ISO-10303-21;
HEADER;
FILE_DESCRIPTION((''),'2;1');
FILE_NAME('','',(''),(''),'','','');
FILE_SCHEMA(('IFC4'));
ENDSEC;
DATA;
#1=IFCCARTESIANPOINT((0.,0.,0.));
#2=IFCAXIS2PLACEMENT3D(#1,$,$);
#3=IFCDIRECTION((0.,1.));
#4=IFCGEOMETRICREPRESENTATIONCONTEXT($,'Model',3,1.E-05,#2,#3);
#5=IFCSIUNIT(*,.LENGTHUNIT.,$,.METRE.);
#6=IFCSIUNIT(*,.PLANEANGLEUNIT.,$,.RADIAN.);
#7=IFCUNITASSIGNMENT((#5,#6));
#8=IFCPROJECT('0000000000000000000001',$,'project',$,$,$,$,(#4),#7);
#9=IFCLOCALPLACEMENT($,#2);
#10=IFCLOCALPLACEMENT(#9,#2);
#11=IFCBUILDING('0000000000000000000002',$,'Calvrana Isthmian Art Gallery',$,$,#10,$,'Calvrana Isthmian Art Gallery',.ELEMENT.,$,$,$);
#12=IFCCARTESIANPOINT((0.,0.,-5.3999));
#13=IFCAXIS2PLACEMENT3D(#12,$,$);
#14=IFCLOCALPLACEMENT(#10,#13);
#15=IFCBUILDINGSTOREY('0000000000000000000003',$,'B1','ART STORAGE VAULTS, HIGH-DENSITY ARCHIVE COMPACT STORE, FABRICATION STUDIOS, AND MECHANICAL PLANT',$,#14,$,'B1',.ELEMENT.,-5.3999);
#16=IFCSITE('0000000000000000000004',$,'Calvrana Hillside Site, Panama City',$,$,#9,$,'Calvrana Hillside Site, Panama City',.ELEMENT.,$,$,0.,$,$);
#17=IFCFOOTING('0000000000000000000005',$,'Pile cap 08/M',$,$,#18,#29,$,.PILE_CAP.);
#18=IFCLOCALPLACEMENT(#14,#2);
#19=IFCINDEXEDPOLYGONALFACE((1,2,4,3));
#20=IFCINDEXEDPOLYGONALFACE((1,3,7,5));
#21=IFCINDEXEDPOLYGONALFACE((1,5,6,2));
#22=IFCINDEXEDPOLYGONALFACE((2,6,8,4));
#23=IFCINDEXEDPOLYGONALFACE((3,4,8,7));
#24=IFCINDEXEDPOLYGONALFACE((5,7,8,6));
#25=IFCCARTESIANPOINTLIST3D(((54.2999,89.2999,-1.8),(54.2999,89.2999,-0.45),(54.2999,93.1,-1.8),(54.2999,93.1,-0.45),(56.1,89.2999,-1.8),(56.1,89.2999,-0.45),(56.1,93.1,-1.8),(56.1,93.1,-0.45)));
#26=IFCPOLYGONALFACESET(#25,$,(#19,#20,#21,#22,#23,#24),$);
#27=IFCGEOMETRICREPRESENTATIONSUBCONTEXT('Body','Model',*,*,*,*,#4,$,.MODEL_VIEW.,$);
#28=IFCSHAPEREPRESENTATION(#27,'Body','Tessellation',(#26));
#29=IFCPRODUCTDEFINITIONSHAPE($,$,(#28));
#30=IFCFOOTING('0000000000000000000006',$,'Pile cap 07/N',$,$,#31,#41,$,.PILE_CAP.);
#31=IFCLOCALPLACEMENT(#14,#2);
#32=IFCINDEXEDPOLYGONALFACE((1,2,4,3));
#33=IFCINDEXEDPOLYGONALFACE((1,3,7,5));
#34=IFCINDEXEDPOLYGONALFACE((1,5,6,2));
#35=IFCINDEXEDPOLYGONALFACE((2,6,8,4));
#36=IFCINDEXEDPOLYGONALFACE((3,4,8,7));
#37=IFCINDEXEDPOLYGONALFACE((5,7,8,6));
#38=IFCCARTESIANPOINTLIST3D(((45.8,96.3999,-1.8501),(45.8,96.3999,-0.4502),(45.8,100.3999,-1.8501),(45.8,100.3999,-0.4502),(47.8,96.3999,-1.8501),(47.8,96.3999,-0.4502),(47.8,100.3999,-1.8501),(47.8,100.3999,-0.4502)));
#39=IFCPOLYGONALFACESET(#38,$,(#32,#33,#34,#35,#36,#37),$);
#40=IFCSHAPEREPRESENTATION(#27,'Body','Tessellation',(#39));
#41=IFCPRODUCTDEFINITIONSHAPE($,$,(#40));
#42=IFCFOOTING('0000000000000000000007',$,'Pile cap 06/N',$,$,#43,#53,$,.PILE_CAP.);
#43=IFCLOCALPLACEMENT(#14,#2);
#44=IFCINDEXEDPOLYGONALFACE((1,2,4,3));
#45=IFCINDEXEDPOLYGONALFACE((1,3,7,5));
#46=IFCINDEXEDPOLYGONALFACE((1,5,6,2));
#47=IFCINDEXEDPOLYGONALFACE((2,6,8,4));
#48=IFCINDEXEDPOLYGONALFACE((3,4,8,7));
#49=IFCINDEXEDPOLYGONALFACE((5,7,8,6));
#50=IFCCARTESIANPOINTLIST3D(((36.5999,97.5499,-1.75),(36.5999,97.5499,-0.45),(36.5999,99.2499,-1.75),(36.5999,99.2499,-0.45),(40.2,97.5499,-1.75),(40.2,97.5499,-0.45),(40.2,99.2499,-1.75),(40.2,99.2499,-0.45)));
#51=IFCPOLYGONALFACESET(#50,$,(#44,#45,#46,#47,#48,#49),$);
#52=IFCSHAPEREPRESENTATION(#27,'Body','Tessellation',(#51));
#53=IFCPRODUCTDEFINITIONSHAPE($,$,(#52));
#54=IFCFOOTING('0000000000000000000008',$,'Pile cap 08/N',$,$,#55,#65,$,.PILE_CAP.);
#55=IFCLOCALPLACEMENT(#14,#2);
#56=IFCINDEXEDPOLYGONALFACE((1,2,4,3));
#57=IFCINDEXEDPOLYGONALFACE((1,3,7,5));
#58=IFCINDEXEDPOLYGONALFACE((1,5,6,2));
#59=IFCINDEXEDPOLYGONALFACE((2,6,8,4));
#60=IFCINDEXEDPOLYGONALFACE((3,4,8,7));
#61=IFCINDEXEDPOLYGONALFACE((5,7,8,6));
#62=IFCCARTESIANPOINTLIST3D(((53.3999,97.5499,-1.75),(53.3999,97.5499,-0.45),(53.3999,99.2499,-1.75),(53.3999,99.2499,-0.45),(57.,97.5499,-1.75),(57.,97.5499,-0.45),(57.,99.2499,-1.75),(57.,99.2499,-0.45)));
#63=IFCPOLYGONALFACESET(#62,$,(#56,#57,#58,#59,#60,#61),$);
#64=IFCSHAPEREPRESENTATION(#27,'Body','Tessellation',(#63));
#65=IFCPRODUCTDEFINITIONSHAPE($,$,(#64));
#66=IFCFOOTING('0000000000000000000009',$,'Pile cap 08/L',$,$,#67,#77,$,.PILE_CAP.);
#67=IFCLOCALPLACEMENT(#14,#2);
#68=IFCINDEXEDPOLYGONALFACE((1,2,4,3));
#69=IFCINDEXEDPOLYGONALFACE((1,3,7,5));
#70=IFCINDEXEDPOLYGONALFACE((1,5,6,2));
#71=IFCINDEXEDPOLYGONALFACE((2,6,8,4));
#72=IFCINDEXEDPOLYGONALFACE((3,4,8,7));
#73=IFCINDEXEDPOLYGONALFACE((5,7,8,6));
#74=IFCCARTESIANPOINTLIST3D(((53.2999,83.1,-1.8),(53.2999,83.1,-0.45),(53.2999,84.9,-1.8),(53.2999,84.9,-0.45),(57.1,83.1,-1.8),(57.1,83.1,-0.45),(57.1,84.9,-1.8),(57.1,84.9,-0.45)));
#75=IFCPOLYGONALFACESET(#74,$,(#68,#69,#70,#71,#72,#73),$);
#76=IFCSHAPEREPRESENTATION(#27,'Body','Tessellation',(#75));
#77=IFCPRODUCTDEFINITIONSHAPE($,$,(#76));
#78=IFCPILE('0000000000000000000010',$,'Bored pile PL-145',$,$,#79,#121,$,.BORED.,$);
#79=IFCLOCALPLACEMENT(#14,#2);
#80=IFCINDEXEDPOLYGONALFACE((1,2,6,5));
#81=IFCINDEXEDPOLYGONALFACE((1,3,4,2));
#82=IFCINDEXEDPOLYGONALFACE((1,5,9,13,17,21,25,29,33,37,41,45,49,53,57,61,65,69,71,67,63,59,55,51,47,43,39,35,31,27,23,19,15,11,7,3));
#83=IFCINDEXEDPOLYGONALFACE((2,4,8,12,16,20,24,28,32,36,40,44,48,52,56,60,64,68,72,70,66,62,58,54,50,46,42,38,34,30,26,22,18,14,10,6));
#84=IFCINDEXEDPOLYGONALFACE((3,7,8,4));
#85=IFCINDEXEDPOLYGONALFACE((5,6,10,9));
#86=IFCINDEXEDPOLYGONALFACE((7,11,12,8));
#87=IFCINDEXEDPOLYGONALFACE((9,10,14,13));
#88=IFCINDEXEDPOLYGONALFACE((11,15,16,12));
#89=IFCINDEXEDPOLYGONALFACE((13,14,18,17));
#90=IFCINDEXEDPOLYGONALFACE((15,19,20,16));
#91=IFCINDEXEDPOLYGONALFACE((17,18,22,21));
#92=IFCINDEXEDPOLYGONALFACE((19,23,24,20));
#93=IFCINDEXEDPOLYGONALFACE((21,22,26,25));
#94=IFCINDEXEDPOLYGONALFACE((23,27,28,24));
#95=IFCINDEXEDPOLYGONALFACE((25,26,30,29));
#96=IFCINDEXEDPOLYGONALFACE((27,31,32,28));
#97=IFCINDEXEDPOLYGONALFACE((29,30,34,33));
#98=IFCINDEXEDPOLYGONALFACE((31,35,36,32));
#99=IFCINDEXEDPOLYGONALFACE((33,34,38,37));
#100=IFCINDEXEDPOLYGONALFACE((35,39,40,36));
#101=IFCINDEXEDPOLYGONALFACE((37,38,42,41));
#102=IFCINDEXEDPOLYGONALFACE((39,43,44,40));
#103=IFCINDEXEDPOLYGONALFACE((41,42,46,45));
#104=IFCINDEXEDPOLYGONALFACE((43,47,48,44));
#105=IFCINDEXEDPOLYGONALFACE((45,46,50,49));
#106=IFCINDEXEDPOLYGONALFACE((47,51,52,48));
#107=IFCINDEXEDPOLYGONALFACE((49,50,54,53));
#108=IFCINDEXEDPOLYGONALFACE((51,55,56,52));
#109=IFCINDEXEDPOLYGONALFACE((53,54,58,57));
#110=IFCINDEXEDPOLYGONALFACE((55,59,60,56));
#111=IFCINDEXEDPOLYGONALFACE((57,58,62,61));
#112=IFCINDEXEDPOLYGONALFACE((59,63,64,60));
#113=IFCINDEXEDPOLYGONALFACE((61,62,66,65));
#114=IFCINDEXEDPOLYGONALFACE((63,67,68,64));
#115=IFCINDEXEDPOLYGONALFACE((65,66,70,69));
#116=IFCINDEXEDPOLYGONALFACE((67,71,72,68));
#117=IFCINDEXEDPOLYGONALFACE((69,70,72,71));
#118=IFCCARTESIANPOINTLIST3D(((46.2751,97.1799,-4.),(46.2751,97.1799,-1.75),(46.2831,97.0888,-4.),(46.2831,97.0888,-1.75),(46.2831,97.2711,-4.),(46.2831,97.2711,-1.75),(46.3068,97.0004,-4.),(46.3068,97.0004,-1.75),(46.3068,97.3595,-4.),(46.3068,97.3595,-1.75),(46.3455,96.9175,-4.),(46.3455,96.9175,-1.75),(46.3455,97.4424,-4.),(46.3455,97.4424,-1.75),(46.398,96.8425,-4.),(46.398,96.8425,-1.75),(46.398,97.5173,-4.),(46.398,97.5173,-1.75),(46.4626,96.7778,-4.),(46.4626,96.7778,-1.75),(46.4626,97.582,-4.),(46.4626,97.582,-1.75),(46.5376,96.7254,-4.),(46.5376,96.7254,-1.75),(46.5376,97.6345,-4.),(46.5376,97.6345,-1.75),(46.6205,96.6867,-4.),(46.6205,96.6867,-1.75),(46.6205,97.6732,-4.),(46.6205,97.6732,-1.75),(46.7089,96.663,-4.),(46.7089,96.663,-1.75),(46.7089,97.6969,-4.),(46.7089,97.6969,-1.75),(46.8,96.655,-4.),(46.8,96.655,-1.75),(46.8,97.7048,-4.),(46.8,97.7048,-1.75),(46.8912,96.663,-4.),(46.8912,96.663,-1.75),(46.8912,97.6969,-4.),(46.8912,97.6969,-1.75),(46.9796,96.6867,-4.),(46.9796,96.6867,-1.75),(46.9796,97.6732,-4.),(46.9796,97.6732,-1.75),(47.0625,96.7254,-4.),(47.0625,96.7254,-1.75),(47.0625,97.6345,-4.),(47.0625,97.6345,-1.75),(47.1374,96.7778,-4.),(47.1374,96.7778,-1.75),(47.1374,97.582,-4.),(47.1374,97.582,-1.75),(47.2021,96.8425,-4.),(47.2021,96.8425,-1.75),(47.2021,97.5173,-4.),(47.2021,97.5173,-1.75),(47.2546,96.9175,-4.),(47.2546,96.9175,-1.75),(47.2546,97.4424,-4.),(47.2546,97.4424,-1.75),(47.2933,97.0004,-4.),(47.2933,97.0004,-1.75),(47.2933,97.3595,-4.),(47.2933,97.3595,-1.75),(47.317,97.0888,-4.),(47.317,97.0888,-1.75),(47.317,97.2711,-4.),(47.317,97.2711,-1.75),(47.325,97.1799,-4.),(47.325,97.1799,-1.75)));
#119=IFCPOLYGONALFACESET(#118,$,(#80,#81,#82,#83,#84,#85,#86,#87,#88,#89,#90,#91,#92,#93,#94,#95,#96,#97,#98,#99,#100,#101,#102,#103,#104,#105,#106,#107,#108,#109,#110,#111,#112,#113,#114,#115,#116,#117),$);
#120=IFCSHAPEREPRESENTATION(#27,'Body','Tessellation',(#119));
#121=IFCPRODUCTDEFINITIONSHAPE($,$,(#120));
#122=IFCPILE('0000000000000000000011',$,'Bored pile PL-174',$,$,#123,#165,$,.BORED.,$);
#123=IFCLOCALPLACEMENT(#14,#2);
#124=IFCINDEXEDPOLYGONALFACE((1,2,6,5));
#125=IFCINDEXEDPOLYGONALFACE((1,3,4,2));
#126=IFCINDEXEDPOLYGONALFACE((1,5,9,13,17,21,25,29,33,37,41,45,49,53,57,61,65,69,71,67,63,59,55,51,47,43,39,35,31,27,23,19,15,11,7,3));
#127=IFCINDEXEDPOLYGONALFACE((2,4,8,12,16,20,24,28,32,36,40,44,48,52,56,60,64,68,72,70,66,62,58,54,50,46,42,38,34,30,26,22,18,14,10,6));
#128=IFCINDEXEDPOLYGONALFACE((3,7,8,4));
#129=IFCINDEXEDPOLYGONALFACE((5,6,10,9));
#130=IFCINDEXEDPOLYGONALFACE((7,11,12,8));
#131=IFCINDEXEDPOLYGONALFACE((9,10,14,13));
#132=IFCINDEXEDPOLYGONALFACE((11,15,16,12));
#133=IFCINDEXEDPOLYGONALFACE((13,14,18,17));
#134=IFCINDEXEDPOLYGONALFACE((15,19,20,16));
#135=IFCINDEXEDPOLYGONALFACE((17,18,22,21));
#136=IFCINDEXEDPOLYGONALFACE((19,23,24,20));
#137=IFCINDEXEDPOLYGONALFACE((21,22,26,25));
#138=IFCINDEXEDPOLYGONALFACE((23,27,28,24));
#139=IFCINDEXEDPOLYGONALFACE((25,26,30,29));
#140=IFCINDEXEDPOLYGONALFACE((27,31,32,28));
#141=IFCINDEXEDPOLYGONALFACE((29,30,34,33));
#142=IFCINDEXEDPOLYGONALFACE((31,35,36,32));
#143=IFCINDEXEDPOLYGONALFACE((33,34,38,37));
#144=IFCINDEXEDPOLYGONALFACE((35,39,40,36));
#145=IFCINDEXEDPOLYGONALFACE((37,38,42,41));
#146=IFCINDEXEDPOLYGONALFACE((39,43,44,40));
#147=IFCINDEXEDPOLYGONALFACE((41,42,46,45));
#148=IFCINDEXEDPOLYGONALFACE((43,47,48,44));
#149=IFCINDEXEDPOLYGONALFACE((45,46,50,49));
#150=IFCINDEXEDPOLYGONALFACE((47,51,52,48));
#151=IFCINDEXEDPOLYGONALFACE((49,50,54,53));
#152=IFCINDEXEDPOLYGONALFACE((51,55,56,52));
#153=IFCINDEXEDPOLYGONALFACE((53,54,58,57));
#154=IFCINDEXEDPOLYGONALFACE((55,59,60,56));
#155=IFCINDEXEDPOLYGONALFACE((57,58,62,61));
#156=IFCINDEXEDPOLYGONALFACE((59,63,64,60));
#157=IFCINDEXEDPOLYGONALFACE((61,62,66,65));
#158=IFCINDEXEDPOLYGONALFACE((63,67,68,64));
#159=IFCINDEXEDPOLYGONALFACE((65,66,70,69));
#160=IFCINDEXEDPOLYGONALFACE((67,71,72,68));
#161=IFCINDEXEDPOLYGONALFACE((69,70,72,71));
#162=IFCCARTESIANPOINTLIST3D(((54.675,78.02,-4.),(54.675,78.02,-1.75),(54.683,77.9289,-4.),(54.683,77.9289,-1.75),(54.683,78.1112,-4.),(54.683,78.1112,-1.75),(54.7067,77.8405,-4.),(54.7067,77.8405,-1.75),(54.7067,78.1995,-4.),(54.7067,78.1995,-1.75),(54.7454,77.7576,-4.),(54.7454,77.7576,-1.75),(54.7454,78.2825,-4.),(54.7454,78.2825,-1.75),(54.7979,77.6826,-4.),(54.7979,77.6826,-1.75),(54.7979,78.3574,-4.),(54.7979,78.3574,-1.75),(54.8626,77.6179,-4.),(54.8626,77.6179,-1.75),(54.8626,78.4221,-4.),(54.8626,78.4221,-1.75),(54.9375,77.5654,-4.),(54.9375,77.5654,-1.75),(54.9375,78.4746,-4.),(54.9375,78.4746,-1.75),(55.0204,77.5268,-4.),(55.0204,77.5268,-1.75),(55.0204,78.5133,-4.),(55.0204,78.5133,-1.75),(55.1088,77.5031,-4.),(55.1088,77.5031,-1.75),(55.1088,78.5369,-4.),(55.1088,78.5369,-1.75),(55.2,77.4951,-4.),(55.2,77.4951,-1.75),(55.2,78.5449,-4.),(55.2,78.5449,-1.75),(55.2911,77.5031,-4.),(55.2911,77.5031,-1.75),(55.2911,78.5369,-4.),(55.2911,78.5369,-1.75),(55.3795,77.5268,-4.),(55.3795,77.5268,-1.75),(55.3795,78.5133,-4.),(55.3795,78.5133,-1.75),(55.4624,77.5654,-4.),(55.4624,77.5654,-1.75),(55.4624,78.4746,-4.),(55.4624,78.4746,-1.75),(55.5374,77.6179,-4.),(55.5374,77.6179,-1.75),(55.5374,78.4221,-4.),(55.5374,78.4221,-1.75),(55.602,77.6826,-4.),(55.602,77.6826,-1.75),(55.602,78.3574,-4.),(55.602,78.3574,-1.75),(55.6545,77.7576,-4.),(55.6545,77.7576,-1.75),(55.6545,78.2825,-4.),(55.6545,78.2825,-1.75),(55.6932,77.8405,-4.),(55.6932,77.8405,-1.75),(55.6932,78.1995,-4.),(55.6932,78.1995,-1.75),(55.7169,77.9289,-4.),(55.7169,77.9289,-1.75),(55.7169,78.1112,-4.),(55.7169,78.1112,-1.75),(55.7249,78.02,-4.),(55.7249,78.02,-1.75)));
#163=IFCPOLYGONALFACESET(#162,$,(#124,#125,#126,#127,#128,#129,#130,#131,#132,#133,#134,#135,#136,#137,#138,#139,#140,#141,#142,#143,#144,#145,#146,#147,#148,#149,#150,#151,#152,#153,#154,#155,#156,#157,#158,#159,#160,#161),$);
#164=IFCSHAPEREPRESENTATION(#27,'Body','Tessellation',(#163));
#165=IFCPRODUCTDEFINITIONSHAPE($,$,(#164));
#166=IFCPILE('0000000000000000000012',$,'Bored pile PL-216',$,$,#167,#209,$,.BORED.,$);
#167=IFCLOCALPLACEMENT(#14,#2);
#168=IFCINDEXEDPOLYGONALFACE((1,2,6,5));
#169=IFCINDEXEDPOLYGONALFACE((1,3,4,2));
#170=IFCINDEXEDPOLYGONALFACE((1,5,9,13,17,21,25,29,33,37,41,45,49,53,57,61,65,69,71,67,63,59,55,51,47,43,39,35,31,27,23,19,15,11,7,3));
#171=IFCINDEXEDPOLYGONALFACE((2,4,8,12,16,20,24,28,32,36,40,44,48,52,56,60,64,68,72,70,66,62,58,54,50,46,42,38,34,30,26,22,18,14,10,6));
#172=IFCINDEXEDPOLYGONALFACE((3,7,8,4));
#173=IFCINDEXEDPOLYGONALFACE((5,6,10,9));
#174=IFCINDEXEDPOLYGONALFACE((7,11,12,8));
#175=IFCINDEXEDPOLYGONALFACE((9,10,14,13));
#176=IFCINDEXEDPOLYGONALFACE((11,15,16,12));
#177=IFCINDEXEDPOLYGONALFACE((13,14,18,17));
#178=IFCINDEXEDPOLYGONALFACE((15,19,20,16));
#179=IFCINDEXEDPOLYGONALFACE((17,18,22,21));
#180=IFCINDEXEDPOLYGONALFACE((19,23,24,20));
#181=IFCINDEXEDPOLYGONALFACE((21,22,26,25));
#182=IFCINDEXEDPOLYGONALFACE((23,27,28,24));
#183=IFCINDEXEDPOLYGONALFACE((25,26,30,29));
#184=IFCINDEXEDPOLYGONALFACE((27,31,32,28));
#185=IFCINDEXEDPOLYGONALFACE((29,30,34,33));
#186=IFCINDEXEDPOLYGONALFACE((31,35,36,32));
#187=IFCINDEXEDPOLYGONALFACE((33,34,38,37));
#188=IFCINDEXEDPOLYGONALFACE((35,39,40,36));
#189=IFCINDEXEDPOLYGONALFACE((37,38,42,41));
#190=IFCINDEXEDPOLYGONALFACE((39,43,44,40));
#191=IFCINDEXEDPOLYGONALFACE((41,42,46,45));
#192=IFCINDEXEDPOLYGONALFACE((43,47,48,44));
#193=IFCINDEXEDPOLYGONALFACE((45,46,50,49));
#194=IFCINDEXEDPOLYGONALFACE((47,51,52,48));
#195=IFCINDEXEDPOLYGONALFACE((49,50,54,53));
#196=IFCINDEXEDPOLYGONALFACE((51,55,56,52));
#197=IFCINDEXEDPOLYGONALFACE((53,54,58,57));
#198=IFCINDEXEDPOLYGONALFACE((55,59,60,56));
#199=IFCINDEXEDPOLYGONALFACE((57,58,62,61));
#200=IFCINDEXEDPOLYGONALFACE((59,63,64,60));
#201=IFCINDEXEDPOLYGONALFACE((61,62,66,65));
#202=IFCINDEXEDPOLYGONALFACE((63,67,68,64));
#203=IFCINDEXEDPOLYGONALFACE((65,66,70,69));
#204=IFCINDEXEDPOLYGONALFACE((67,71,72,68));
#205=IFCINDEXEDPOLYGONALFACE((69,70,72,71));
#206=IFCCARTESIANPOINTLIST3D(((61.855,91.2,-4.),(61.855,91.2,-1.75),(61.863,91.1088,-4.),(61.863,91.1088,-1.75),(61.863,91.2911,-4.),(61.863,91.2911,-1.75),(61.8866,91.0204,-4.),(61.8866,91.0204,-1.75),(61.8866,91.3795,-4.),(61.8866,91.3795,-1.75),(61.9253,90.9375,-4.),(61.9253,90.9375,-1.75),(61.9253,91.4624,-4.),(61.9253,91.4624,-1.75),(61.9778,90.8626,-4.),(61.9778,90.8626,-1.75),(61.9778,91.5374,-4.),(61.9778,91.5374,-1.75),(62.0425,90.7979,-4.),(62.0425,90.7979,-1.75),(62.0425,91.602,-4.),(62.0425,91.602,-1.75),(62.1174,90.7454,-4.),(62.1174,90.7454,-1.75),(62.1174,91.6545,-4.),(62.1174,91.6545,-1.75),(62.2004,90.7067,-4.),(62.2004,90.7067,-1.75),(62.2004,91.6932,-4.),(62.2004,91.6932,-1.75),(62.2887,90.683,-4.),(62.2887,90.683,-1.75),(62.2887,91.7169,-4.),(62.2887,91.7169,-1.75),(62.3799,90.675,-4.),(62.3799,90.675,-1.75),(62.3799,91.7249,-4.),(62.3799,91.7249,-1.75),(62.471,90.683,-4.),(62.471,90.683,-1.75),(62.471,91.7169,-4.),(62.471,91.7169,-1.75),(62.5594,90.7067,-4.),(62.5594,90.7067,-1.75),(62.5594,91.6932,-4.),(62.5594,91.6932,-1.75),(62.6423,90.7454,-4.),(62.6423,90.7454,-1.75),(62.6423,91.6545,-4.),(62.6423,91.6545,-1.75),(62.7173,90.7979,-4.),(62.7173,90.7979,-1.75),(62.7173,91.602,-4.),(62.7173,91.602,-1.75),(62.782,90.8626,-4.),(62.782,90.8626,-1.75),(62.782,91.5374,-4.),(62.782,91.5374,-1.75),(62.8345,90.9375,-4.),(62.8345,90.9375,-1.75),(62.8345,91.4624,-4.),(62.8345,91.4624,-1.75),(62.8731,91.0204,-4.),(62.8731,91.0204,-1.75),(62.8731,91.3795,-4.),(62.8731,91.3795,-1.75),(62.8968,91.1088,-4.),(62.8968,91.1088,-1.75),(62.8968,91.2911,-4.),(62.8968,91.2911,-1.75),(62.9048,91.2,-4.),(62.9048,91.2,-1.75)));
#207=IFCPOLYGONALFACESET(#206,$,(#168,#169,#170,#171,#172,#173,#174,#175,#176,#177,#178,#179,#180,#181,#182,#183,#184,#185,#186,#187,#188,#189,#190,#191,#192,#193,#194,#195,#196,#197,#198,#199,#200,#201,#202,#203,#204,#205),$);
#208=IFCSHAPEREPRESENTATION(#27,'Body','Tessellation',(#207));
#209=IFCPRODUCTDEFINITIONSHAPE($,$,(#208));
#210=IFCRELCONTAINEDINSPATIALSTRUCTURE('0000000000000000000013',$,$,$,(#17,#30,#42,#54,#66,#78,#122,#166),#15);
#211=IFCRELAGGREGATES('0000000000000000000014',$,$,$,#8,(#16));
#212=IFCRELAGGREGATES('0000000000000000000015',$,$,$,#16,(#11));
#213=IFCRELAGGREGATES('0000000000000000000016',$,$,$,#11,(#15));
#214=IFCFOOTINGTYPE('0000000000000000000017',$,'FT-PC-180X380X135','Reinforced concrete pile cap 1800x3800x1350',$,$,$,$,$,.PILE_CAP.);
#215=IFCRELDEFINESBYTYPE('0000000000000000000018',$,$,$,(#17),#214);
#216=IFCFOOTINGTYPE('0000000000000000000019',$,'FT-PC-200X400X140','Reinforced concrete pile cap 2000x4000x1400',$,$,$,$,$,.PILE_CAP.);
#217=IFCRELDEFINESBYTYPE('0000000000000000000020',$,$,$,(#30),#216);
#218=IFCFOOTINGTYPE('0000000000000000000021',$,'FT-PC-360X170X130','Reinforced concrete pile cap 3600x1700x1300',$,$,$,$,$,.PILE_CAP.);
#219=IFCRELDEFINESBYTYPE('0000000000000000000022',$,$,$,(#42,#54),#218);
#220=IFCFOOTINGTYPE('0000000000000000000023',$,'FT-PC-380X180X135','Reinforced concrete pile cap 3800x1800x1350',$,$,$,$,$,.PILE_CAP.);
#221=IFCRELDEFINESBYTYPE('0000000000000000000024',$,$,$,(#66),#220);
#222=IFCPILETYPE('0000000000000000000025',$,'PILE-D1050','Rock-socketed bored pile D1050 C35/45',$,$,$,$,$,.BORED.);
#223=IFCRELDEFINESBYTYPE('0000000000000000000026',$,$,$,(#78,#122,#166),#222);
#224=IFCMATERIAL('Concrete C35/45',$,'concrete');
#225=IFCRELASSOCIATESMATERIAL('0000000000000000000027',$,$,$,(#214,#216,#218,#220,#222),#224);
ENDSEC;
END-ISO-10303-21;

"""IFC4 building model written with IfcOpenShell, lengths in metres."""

from ifc_helpers import new_model, si_unit, direction, frame, origin, origin_2d, place, context, subcontext, project, spatial, rectangle, circle, extrude, material, material_profile, profile_set, type_object, element, save


model = new_model("IFC4")

# Units and contexts
model_context = context("Model", 3, precision=1e-05, world=origin(), true_north=direction((0.0, 1.0)))
body_context = subcontext(model_context, "Body", "Model", "MODEL_VIEW")
ifc_project = project(units=[si_unit("LENGTHUNIT", "METRE"), si_unit("PLANEANGLEUNIT", "RADIAN")], contexts=[model_context])

# Site, building, storey
site_placement = place(None, origin())
site = spatial("IfcSite", under=ifc_project, at=site_placement, Name="Calvrana Hillside Site, Panama City", LongName="Calvrana Hillside Site, Panama City", CompositionType="ELEMENT", RefElevation=0.0)
building_placement = place(site_placement, origin())
building = spatial("IfcBuilding", under=site, at=building_placement, Name="Calvrana Isthmian Art Gallery", LongName="Calvrana Isthmian Art Gallery", CompositionType="ELEMENT")
storey_placement = place(building_placement, frame((0.0, 0.0, -5.3999)))
storey = spatial("IfcBuildingStorey", under=building, at=storey_placement, Name="B1", Description="ART STORAGE VAULTS, HIGH-DENSITY ARCHIVE COMPACT STORE, FABRICATION STUDIOS, AND MECHANICAL PLANT", LongName="B1", CompositionType="ELEMENT", Elevation=-5.3999)

# Footings
ifc_material_1 = material(Name="Concrete C35/45", Category="concrete")
footing_type_1 = type_object("IfcFootingType", Name="FT-PC-180X380X135", Description="Reinforced concrete pile cap 1800x3800x1350", PredefinedType="PILE_CAP", material=ifc_material_1)
footing_1_placement = place(storey_placement, frame((55.2, 91.2, -1.8), z_axis=(0.0, 0.0, 1.0), x_axis=(1.0, 0.0, 0.0)))
element("IfcFooting", 1, at=footing_1_placement, inside=storey, type_object=footing_type_1, Name="Pile cap 08/M", PredefinedType="PILE_CAP", context=body_context, shape_type="SweptSolid", body=[
    extrude(rectangle(XDim=1.8, YDim=3.8, at=origin_2d()), origin(), (0.0, 0.0, 1.0), 1.3501),
])
footing_type_2 = type_object("IfcFootingType", Name="FT-PC-200X400X140", Description="Reinforced concrete pile cap 2000x4000x1400", PredefinedType="PILE_CAP", material=ifc_material_1)
footing_2_placement = place(storey_placement, frame((46.8, 98.3999, -1.8501), z_axis=(0.0, 0.0, 1.0), x_axis=(1.0, 0.0, 0.0)))
element("IfcFooting", 2, at=footing_2_placement, inside=storey, type_object=footing_type_2, Name="Pile cap 07/N", PredefinedType="PILE_CAP", context=body_context, shape_type="SweptSolid", body=[
    extrude(rectangle(XDim=2.0, YDim=4.0, at=origin_2d()), origin(), (0.0, 0.0, 1.0), 1.3999),
])
footing_type_3 = type_object("IfcFootingType", Name="FT-PC-360X170X130", Description="Reinforced concrete pile cap 3600x1700x1300", PredefinedType="PILE_CAP", material=ifc_material_1)
for number, where, z_axis, x_axis, name in (
    (3, (38.3999, 98.3999, -1.75), (0.0, 0.0, 1.0), (1.0, 0.0, 0.0), "Pile cap 06/N"),
    (4, (55.2, 98.3999, -1.75), (0.0, 0.0, 1.0), (1.0, 0.0, 0.0), "Pile cap 08/N"),
):
    element("IfcFooting", number, at=place(storey_placement, frame(where, z_axis=z_axis, x_axis=x_axis)), inside=storey, type_object=footing_type_3, Name=name, PredefinedType="PILE_CAP", context=body_context, shape_type="SweptSolid", body=[
        extrude(rectangle(XDim=3.6001, YDim=1.7, at=origin_2d()), origin(), (0.0, 0.0, 1.0), 1.3),
    ])
footing_type_4 = type_object("IfcFootingType", Name="FT-PC-380X180X135", Description="Reinforced concrete pile cap 3800x1800x1350", PredefinedType="PILE_CAP", material=ifc_material_1)
footing_3_placement = place(storey_placement, frame((55.2, 84.0, -1.8), z_axis=(0.0, 0.0, 1.0), x_axis=(1.0, 0.0, 0.0)))
element("IfcFooting", 5, at=footing_3_placement, inside=storey, type_object=footing_type_4, Name="Pile cap 08/L", PredefinedType="PILE_CAP", context=body_context, shape_type="SweptSolid", body=[
    extrude(rectangle(XDim=3.8, YDim=1.8, at=origin_2d()), origin(), (0.0, 0.0, 1.0), 1.3501),
])

# Piles
ifc_material_profile_1 = material_profile(ifc_material_1, circle(Radius=0.5249, at=origin_2d()), Name="PILE1050D")
ifc_profile_set_1 = profile_set([ifc_material_profile_1], Name="Concrete C35/45")
pile_type_1 = type_object("IfcPileType", Name="PILE-D1050", Description="Rock-socketed bored pile D1050 C35/45", PredefinedType="BORED", material=ifc_profile_set_1)
for number, where, z_axis, x_axis, name in (
    (6, (46.8, 97.1799, -1.75), (0.0, 0.0, -1.0), (1.0, 0.0, 0.0), "Bored pile PL-145"),
    (7, (55.2, 78.02, -1.75), (0.0, 0.0, -1.0), (1.0, 0.0, 0.0), "Bored pile PL-174"),
    (8, (62.3799, 91.2, -1.75), (0.0, 0.0, -1.0), (1.0, 0.0, 0.0), "Bored pile PL-216"),
):
    element("IfcPile", number, at=place(storey_placement, frame(where, z_axis=z_axis, x_axis=x_axis)), inside=storey, type_object=pile_type_1, Name=name, PredefinedType="BORED", context=body_context, shape_type="SweptSolid", body=[
        extrude(circle(Radius=0.5249, at=origin_2d()), origin(), (0.0, 0.0, 1.0), 2.25),
    ])

save(model, "model.ifc")
